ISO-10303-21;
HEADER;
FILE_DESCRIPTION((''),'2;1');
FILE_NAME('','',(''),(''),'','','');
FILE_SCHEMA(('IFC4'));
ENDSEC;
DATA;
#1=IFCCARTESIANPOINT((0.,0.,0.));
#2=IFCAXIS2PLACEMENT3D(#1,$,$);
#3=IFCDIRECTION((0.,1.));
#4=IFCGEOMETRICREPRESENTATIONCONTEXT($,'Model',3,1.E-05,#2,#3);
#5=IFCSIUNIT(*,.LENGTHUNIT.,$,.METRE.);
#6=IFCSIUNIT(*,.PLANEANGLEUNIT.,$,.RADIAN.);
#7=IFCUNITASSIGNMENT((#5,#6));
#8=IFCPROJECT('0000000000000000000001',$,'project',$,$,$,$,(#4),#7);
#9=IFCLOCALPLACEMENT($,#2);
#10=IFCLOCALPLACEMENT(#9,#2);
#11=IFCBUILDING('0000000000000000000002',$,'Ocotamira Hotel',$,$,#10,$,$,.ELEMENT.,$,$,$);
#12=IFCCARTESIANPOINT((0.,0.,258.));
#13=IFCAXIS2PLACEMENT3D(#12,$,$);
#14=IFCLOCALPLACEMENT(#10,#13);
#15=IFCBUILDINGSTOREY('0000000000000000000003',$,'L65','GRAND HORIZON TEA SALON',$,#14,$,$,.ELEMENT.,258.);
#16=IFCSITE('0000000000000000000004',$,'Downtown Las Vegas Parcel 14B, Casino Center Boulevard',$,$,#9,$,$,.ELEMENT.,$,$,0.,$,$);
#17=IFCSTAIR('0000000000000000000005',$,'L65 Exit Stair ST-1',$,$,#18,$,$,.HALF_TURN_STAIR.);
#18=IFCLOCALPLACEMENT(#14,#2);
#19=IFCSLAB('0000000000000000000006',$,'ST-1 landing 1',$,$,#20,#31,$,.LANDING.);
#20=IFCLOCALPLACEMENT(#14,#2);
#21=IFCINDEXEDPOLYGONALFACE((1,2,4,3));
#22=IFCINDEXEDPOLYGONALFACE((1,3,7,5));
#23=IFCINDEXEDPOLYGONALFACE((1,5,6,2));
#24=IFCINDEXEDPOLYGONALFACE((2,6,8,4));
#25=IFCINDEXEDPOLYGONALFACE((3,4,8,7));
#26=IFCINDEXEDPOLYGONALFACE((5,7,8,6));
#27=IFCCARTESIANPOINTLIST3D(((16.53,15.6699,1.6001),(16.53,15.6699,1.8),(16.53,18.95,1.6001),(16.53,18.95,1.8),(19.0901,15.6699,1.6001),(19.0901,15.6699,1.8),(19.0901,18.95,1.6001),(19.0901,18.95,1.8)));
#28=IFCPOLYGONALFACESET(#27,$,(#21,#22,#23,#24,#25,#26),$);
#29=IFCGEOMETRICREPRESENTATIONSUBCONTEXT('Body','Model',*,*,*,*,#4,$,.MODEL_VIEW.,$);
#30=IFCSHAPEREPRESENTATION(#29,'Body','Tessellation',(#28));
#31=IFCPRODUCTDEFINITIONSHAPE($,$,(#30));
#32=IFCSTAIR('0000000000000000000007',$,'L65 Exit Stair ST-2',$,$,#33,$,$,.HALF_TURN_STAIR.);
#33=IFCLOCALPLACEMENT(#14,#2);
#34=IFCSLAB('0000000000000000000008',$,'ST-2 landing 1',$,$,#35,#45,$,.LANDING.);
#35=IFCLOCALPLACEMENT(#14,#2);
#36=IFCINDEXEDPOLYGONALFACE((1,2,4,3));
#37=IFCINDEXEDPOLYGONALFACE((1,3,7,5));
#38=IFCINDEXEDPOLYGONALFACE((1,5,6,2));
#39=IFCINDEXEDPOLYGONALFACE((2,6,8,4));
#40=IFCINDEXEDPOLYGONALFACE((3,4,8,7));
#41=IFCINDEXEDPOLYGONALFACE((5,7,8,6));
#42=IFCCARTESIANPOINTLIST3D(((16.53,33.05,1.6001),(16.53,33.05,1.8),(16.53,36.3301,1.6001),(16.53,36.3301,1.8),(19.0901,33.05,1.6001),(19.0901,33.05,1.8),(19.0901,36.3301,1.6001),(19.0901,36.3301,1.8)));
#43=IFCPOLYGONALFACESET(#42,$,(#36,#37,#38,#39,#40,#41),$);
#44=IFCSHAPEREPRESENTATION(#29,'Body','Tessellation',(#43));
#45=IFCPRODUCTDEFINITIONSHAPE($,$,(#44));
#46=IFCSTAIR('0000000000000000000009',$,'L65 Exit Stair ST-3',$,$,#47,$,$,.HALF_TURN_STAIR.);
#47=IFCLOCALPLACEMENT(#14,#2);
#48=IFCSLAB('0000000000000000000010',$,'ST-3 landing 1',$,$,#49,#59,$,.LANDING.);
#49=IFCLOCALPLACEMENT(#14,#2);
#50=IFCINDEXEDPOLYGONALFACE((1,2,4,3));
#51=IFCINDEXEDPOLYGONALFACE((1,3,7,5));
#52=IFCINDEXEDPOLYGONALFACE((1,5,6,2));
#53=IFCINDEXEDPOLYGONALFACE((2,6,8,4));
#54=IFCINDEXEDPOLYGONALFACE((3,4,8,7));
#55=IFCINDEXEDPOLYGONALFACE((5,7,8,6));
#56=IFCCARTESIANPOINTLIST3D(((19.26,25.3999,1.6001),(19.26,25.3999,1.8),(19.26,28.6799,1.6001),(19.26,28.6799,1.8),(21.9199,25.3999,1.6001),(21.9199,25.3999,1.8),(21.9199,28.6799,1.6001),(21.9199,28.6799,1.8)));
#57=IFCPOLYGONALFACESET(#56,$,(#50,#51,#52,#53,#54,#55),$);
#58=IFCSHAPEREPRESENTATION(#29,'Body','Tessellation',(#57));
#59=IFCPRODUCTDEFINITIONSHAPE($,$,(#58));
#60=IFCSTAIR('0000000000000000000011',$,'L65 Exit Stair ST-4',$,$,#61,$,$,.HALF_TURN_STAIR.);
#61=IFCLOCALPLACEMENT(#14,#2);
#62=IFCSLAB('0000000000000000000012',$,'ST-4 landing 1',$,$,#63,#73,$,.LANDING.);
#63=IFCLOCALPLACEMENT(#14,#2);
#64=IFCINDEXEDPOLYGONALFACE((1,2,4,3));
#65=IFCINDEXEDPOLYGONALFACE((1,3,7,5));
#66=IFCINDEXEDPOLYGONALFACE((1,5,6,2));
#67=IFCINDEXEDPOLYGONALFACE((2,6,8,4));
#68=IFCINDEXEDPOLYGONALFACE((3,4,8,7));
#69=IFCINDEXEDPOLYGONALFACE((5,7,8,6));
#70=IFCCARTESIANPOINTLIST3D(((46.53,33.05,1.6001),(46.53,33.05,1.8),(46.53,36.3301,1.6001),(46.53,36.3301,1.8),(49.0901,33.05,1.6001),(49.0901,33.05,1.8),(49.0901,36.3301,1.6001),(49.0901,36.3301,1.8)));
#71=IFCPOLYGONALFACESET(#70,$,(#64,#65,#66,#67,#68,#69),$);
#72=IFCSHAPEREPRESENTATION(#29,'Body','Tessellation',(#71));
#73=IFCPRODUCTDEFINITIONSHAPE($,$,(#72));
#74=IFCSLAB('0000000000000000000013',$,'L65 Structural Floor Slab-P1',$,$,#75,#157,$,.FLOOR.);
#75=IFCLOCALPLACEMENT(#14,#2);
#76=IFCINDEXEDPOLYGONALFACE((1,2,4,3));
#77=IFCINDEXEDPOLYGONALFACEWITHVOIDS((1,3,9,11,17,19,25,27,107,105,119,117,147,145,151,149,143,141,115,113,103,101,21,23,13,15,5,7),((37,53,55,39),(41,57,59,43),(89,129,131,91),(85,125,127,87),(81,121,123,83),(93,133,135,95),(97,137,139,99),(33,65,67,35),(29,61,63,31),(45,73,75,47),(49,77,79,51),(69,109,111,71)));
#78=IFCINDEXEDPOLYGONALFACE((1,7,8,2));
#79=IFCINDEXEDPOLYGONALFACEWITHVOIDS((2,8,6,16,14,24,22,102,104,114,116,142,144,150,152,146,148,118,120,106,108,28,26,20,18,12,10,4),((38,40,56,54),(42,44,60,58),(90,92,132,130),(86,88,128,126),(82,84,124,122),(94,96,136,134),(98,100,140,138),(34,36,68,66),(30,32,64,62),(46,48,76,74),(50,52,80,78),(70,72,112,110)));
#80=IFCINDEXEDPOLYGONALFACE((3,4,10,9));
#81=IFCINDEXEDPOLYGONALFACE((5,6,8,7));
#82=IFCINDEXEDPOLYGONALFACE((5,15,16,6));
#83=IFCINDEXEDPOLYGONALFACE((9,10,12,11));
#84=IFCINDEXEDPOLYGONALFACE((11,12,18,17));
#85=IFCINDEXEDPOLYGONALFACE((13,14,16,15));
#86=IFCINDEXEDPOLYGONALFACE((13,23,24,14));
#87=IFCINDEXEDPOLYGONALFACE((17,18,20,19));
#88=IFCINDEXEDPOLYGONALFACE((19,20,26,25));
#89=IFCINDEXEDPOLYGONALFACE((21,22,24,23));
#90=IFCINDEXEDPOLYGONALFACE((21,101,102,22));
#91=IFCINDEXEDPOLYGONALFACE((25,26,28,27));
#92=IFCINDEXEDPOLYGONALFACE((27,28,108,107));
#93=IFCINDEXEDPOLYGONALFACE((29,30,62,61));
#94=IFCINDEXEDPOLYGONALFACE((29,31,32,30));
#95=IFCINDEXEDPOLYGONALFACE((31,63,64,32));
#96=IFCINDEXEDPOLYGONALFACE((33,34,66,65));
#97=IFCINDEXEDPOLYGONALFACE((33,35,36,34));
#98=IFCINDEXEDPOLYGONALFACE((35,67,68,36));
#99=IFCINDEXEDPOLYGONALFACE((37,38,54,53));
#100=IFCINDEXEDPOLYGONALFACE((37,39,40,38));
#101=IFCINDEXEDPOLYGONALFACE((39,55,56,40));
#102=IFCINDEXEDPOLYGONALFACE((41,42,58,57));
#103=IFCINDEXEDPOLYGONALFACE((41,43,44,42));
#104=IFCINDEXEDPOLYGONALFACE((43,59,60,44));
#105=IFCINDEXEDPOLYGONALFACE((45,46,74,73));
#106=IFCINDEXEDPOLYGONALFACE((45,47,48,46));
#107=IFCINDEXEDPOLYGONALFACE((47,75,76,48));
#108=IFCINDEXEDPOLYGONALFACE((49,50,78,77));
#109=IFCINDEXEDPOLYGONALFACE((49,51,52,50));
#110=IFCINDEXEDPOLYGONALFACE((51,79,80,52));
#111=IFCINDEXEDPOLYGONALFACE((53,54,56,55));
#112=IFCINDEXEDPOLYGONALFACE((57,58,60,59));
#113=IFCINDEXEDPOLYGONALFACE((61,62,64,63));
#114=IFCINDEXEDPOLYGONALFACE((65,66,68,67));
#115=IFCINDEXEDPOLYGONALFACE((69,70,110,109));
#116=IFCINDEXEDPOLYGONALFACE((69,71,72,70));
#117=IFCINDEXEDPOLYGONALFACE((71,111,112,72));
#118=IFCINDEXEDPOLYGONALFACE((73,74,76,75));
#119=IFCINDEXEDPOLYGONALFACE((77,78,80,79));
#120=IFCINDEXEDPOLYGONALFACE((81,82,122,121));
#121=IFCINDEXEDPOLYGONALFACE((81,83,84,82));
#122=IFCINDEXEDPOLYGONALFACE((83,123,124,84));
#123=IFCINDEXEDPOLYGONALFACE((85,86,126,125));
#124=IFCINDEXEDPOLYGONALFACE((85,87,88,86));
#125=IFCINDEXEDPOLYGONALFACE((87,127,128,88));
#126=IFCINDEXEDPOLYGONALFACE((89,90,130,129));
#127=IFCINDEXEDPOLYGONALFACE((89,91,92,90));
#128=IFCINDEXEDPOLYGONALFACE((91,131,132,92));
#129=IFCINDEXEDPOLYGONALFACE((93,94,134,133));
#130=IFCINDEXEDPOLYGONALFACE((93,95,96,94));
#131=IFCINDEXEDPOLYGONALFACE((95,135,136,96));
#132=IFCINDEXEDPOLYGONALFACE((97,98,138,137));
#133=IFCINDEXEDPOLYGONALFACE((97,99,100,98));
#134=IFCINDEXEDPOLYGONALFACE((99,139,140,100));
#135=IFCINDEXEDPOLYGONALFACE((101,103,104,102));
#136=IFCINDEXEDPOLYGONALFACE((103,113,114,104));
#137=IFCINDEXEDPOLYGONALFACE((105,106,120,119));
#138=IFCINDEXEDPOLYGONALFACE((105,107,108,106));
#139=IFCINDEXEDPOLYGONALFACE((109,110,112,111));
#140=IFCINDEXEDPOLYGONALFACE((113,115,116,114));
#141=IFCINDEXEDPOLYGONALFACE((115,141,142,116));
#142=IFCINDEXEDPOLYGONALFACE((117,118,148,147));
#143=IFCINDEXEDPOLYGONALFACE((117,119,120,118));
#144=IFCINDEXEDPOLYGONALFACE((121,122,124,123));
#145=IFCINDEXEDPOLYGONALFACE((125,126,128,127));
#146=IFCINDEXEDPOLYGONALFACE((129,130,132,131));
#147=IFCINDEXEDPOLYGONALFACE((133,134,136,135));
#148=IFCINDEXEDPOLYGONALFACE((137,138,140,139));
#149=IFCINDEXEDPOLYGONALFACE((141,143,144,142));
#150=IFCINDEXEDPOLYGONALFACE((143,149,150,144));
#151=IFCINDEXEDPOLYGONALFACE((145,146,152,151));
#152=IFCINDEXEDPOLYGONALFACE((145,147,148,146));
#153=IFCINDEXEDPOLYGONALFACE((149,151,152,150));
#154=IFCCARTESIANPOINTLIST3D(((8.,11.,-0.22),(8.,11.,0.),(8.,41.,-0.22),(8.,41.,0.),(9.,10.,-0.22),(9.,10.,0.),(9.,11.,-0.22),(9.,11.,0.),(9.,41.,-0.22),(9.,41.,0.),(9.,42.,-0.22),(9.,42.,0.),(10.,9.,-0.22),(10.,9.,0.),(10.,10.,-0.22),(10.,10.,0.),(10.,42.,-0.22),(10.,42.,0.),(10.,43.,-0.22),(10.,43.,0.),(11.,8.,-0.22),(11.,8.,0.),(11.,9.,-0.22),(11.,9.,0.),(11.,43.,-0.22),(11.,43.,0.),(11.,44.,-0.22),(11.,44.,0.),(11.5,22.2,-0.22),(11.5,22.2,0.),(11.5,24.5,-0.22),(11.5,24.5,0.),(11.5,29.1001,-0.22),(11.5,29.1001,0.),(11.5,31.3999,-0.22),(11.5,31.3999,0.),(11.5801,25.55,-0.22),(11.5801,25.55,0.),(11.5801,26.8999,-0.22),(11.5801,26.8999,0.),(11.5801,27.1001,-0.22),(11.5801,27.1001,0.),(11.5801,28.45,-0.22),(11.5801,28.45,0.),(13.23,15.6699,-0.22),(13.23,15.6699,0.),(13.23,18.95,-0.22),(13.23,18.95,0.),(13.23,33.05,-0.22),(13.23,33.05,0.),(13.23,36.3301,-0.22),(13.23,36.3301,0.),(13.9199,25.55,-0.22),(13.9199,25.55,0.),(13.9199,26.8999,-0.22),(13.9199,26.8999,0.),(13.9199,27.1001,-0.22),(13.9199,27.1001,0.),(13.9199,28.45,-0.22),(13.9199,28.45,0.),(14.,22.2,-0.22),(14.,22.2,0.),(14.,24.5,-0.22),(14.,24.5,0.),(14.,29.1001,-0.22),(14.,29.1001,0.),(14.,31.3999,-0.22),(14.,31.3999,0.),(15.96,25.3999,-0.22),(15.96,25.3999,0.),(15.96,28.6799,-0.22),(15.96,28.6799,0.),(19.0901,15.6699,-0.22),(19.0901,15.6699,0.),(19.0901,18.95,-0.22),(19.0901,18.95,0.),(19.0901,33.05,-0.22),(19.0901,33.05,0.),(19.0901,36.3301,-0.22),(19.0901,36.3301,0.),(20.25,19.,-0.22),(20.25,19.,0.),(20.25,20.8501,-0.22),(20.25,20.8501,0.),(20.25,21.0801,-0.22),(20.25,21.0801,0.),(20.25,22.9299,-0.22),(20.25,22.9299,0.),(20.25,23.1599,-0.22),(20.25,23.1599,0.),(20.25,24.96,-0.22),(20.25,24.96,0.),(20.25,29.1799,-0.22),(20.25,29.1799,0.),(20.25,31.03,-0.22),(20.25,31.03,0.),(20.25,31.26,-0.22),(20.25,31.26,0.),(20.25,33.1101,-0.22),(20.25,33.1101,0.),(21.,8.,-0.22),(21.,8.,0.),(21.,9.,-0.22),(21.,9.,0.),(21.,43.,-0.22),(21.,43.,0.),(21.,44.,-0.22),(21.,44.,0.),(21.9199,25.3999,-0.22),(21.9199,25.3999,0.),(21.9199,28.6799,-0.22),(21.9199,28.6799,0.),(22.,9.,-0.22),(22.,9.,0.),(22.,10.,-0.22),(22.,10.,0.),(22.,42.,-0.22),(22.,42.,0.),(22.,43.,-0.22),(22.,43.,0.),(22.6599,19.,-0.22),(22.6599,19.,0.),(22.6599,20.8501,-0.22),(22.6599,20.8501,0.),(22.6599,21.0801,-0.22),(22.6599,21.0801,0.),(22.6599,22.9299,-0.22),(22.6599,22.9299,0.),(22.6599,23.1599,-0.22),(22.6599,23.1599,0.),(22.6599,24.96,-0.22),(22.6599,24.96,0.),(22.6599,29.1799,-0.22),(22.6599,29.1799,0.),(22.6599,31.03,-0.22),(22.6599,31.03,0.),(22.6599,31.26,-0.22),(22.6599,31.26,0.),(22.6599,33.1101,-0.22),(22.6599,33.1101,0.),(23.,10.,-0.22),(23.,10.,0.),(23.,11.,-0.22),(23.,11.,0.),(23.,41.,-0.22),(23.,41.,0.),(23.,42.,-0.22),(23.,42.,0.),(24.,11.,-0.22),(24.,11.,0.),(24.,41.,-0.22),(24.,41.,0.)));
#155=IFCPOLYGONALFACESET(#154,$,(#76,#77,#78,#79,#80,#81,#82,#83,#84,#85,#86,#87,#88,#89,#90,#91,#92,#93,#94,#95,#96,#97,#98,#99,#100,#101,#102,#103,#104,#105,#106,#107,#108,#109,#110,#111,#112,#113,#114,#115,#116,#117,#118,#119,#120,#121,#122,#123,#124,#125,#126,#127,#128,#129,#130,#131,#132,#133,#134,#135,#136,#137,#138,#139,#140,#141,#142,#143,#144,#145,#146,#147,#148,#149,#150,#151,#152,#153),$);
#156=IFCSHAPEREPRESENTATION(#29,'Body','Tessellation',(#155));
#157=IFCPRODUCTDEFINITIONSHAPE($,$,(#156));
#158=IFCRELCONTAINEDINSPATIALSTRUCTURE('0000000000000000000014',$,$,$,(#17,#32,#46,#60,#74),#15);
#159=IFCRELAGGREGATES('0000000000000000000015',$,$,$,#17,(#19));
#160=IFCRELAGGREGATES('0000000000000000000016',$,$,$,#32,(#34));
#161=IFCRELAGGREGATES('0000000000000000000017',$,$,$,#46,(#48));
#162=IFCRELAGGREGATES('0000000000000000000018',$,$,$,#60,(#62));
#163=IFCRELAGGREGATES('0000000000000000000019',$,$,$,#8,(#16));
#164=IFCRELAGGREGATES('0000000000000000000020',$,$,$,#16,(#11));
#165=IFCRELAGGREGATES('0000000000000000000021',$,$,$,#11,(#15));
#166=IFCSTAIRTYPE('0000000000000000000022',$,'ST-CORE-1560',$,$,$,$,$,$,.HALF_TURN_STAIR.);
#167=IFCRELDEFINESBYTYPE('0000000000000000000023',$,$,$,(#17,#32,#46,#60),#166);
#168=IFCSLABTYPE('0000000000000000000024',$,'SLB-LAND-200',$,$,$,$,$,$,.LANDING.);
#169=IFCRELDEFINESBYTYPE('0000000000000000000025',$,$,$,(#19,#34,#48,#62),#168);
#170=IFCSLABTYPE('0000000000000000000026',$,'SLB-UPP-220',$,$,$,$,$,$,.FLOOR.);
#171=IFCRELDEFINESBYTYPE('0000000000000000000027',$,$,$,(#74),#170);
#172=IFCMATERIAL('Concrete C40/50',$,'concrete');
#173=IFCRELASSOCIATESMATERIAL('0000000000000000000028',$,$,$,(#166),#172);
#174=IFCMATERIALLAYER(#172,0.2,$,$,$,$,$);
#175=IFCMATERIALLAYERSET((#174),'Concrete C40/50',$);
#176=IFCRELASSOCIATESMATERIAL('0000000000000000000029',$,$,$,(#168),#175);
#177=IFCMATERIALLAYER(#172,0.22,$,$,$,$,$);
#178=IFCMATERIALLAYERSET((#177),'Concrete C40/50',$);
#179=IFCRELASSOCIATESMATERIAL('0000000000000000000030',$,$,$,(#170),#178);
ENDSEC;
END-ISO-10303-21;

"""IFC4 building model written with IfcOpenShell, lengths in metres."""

from ifc_helpers import new_model, si_unit, direction, frame, origin, place, context, subcontext, project, spatial, polyline, outline, extrude, material, layer, layer_set, type_object, element, aggregate, save


model = new_model("IFC4")

# Units and contexts
model_context = context("Model", 3, precision=1e-05, world=origin(), true_north=direction((0.0, 1.0)))
body_context = subcontext(model_context, "Body", "Model", "MODEL_VIEW")
ifc_project = project(units=[si_unit("LENGTHUNIT", "METRE"), si_unit("PLANEANGLEUNIT", "RADIAN")], contexts=[model_context])

# Site, building, storey
site_placement = place(None, origin())
site = spatial("IfcSite", under=ifc_project, at=site_placement, Name="Downtown Las Vegas Parcel 14B, Casino Center Boulevard", CompositionType="ELEMENT", RefElevation=0.0)
building_placement = place(site_placement, origin())
building = spatial("IfcBuilding", under=site, at=building_placement, Name="Ocotamira Hotel", CompositionType="ELEMENT")
storey_placement = place(building_placement, frame((0.0, 0.0, 258.0)))
storey = spatial("IfcBuildingStorey", under=building, at=storey_placement, Name="L65", Description="GRAND HORIZON TEA SALON", CompositionType="ELEMENT", Elevation=258.0)

# Stairs, slabs
ifc_material_1 = material(Name="Concrete C40/50", Category="concrete")
stair_type = type_object("IfcStairType", Name="ST-CORE-1560", PredefinedType="HALF_TURN_STAIR", material=ifc_material_1)
stair_1_placement = place(storey_placement, origin())
stair_1 = element("IfcStair", 1, at=stair_1_placement, inside=storey, type_object=stair_type, Name="L65 Exit Stair ST-1", PredefinedType="HALF_TURN_STAIR")
ifc_layer_1 = layer(ifc_material_1, 0.2)
ifc_layer_set_1 = layer_set([ifc_layer_1], Name="Concrete C40/50")
slab_type_1 = type_object("IfcSlabType", Name="SLB-LAND-200", PredefinedType="LANDING", material=ifc_layer_set_1)
slab_1_placement = place(storey_placement, frame((0.0, 0.0, 1.6001)))
slab_1 = element("IfcSlab", 2, at=slab_1_placement, type_object=slab_type_1, Name="ST-1 landing 1", PredefinedType="LANDING", context=body_context, shape_type="SweptSolid", body=[
    extrude(outline(polyline([(16.53, 15.6699), (19.0901, 15.6699), (19.0901, 18.95), (16.53, 18.95), (16.53, 15.6699)])), origin(), (0.0, 0.0, 1.0), 0.2),
])
aggregate(stair_1, [slab_1])
stair_2_placement = place(storey_placement, origin())
stair_2 = element("IfcStair", 3, at=stair_2_placement, inside=storey, type_object=stair_type, Name="L65 Exit Stair ST-2", PredefinedType="HALF_TURN_STAIR")
slab_2_placement = place(storey_placement, frame((0.0, 0.0, 1.6001)))
slab_2 = element("IfcSlab", 4, at=slab_2_placement, type_object=slab_type_1, Name="ST-2 landing 1", PredefinedType="LANDING", context=body_context, shape_type="SweptSolid", body=[
    extrude(outline(polyline([(16.53, 33.05), (19.0901, 33.05), (19.0901, 36.3301), (16.53, 36.3301), (16.53, 33.05)])), origin(), (0.0, 0.0, 1.0), 0.2),
])
aggregate(stair_2, [slab_2])
stair_3_placement = place(storey_placement, origin())
stair_3 = element("IfcStair", 5, at=stair_3_placement, inside=storey, type_object=stair_type, Name="L65 Exit Stair ST-3", PredefinedType="HALF_TURN_STAIR")
slab_3_placement = place(storey_placement, frame((0.0, 0.0, 1.6001)))
slab_3 = element("IfcSlab", 6, at=slab_3_placement, type_object=slab_type_1, Name="ST-3 landing 1", PredefinedType="LANDING", context=body_context, shape_type="SweptSolid", body=[
    extrude(outline(polyline([(19.26, 25.3999), (21.9199, 25.3999), (21.9199, 28.6799), (19.26, 28.6799), (19.26, 25.3999)])), origin(), (0.0, 0.0, 1.0), 0.2),
])
aggregate(stair_3, [slab_3])
stair_4_placement = place(storey_placement, origin())
stair_4 = element("IfcStair", 7, at=stair_4_placement, inside=storey, type_object=stair_type, Name="L65 Exit Stair ST-4", PredefinedType="HALF_TURN_STAIR")
slab_4_placement = place(storey_placement, frame((0.0, 0.0, 1.6001)))
slab_4 = element("IfcSlab", 8, at=slab_4_placement, type_object=slab_type_1, Name="ST-4 landing 1", PredefinedType="LANDING", context=body_context, shape_type="SweptSolid", body=[
    extrude(outline(polyline([(46.53, 33.05), (49.0901, 33.05), (49.0901, 36.3301), (46.53, 36.3301), (46.53, 33.05)])), origin(), (0.0, 0.0, 1.0), 0.2),
])
aggregate(stair_4, [slab_4])

# Slab
ifc_layer_2 = layer(ifc_material_1, 0.22)
ifc_layer_set_2 = layer_set([ifc_layer_2], Name="Concrete C40/50")
slab_type_2 = type_object("IfcSlabType", Name="SLB-UPP-220", PredefinedType="FLOOR", material=ifc_layer_set_2)
slab_5_placement = place(storey_placement, frame((0.0, 0.0, -0.22)))
element("IfcSlab", 9, at=slab_5_placement, inside=storey, type_object=slab_type_2, Name="L65 Structural Floor Slab-P1", PredefinedType="FLOOR", context=body_context, shape_type="SweptSolid", body=[
    extrude(outline(polyline([(11.0, 8.0), (21.0, 8.0), (21.0, 9.0), (22.0, 9.0), (22.0, 10.0), (23.0, 10.0), (23.0, 11.0), (24.0, 11.0), (24.0, 41.0), (23.0, 41.0), (23.0, 42.0), (22.0, 42.0), (22.0, 43.0), (21.0, 43.0), (21.0, 44.0), (11.0, 44.0), (11.0, 43.0), (10.0, 43.0), (10.0, 42.0), (9.0, 42.0), (9.0, 41.0), (8.0, 41.0), (8.0, 11.0), (9.0, 11.0), (9.0, 10.0), (10.0, 10.0), (10.0, 9.0), (11.0, 9.0), (11.0, 8.0)]), holes=[polyline([(13.23, 15.6699), (19.0901, 15.6699), (19.0901, 18.95), (13.23, 18.95), (13.23, 15.6699)]), polyline([(13.23, 33.05), (19.0901, 33.05), (19.0901, 36.3301), (13.23, 36.3301), (13.23, 33.05)]), polyline([(15.96, 25.3999), (21.9199, 25.3999), (21.9199, 28.6799), (15.96, 28.6799), (15.96, 25.3999)]), polyline([(20.25, 19.0), (22.6599, 19.0), (22.6599, 20.8501), (20.25, 20.8501), (20.25, 19.0)]), polyline([(20.25, 21.0801), (22.6599, 21.0801), (22.6599, 22.9299), (20.25, 22.9299), (20.25, 21.0801)]), polyline([(20.25, 23.1599), (22.6599, 23.1599), (22.6599, 24.96), (20.25, 24.96), (20.25, 23.1599)]), polyline([(20.25, 29.1799), (22.6599, 29.1799), (22.6599, 31.03), (20.25, 31.03), (20.25, 29.1799)]), polyline([(20.25, 31.26), (22.6599, 31.26), (22.6599, 33.1101), (20.25, 33.1101), (20.25, 31.26)]), polyline([(11.5, 22.2), (14.0, 22.2), (14.0, 24.5), (11.5, 24.5), (11.5, 22.2)]), polyline([(11.5, 29.1001), (14.0, 29.1001), (14.0, 31.3999), (11.5, 31.3999), (11.5, 29.1001)]), polyline([(11.5801, 25.55), (13.9199, 25.55), (13.9199, 26.8999), (11.5801, 26.8999), (11.5801, 25.55)]), polyline([(11.5801, 27.1001), (13.9199, 27.1001), (13.9199, 28.45), (11.5801, 28.45), (11.5801, 27.1001)])]), origin(), (0.0, 0.0, 1.0), 0.22),
])

save(model, "model.ifc")
